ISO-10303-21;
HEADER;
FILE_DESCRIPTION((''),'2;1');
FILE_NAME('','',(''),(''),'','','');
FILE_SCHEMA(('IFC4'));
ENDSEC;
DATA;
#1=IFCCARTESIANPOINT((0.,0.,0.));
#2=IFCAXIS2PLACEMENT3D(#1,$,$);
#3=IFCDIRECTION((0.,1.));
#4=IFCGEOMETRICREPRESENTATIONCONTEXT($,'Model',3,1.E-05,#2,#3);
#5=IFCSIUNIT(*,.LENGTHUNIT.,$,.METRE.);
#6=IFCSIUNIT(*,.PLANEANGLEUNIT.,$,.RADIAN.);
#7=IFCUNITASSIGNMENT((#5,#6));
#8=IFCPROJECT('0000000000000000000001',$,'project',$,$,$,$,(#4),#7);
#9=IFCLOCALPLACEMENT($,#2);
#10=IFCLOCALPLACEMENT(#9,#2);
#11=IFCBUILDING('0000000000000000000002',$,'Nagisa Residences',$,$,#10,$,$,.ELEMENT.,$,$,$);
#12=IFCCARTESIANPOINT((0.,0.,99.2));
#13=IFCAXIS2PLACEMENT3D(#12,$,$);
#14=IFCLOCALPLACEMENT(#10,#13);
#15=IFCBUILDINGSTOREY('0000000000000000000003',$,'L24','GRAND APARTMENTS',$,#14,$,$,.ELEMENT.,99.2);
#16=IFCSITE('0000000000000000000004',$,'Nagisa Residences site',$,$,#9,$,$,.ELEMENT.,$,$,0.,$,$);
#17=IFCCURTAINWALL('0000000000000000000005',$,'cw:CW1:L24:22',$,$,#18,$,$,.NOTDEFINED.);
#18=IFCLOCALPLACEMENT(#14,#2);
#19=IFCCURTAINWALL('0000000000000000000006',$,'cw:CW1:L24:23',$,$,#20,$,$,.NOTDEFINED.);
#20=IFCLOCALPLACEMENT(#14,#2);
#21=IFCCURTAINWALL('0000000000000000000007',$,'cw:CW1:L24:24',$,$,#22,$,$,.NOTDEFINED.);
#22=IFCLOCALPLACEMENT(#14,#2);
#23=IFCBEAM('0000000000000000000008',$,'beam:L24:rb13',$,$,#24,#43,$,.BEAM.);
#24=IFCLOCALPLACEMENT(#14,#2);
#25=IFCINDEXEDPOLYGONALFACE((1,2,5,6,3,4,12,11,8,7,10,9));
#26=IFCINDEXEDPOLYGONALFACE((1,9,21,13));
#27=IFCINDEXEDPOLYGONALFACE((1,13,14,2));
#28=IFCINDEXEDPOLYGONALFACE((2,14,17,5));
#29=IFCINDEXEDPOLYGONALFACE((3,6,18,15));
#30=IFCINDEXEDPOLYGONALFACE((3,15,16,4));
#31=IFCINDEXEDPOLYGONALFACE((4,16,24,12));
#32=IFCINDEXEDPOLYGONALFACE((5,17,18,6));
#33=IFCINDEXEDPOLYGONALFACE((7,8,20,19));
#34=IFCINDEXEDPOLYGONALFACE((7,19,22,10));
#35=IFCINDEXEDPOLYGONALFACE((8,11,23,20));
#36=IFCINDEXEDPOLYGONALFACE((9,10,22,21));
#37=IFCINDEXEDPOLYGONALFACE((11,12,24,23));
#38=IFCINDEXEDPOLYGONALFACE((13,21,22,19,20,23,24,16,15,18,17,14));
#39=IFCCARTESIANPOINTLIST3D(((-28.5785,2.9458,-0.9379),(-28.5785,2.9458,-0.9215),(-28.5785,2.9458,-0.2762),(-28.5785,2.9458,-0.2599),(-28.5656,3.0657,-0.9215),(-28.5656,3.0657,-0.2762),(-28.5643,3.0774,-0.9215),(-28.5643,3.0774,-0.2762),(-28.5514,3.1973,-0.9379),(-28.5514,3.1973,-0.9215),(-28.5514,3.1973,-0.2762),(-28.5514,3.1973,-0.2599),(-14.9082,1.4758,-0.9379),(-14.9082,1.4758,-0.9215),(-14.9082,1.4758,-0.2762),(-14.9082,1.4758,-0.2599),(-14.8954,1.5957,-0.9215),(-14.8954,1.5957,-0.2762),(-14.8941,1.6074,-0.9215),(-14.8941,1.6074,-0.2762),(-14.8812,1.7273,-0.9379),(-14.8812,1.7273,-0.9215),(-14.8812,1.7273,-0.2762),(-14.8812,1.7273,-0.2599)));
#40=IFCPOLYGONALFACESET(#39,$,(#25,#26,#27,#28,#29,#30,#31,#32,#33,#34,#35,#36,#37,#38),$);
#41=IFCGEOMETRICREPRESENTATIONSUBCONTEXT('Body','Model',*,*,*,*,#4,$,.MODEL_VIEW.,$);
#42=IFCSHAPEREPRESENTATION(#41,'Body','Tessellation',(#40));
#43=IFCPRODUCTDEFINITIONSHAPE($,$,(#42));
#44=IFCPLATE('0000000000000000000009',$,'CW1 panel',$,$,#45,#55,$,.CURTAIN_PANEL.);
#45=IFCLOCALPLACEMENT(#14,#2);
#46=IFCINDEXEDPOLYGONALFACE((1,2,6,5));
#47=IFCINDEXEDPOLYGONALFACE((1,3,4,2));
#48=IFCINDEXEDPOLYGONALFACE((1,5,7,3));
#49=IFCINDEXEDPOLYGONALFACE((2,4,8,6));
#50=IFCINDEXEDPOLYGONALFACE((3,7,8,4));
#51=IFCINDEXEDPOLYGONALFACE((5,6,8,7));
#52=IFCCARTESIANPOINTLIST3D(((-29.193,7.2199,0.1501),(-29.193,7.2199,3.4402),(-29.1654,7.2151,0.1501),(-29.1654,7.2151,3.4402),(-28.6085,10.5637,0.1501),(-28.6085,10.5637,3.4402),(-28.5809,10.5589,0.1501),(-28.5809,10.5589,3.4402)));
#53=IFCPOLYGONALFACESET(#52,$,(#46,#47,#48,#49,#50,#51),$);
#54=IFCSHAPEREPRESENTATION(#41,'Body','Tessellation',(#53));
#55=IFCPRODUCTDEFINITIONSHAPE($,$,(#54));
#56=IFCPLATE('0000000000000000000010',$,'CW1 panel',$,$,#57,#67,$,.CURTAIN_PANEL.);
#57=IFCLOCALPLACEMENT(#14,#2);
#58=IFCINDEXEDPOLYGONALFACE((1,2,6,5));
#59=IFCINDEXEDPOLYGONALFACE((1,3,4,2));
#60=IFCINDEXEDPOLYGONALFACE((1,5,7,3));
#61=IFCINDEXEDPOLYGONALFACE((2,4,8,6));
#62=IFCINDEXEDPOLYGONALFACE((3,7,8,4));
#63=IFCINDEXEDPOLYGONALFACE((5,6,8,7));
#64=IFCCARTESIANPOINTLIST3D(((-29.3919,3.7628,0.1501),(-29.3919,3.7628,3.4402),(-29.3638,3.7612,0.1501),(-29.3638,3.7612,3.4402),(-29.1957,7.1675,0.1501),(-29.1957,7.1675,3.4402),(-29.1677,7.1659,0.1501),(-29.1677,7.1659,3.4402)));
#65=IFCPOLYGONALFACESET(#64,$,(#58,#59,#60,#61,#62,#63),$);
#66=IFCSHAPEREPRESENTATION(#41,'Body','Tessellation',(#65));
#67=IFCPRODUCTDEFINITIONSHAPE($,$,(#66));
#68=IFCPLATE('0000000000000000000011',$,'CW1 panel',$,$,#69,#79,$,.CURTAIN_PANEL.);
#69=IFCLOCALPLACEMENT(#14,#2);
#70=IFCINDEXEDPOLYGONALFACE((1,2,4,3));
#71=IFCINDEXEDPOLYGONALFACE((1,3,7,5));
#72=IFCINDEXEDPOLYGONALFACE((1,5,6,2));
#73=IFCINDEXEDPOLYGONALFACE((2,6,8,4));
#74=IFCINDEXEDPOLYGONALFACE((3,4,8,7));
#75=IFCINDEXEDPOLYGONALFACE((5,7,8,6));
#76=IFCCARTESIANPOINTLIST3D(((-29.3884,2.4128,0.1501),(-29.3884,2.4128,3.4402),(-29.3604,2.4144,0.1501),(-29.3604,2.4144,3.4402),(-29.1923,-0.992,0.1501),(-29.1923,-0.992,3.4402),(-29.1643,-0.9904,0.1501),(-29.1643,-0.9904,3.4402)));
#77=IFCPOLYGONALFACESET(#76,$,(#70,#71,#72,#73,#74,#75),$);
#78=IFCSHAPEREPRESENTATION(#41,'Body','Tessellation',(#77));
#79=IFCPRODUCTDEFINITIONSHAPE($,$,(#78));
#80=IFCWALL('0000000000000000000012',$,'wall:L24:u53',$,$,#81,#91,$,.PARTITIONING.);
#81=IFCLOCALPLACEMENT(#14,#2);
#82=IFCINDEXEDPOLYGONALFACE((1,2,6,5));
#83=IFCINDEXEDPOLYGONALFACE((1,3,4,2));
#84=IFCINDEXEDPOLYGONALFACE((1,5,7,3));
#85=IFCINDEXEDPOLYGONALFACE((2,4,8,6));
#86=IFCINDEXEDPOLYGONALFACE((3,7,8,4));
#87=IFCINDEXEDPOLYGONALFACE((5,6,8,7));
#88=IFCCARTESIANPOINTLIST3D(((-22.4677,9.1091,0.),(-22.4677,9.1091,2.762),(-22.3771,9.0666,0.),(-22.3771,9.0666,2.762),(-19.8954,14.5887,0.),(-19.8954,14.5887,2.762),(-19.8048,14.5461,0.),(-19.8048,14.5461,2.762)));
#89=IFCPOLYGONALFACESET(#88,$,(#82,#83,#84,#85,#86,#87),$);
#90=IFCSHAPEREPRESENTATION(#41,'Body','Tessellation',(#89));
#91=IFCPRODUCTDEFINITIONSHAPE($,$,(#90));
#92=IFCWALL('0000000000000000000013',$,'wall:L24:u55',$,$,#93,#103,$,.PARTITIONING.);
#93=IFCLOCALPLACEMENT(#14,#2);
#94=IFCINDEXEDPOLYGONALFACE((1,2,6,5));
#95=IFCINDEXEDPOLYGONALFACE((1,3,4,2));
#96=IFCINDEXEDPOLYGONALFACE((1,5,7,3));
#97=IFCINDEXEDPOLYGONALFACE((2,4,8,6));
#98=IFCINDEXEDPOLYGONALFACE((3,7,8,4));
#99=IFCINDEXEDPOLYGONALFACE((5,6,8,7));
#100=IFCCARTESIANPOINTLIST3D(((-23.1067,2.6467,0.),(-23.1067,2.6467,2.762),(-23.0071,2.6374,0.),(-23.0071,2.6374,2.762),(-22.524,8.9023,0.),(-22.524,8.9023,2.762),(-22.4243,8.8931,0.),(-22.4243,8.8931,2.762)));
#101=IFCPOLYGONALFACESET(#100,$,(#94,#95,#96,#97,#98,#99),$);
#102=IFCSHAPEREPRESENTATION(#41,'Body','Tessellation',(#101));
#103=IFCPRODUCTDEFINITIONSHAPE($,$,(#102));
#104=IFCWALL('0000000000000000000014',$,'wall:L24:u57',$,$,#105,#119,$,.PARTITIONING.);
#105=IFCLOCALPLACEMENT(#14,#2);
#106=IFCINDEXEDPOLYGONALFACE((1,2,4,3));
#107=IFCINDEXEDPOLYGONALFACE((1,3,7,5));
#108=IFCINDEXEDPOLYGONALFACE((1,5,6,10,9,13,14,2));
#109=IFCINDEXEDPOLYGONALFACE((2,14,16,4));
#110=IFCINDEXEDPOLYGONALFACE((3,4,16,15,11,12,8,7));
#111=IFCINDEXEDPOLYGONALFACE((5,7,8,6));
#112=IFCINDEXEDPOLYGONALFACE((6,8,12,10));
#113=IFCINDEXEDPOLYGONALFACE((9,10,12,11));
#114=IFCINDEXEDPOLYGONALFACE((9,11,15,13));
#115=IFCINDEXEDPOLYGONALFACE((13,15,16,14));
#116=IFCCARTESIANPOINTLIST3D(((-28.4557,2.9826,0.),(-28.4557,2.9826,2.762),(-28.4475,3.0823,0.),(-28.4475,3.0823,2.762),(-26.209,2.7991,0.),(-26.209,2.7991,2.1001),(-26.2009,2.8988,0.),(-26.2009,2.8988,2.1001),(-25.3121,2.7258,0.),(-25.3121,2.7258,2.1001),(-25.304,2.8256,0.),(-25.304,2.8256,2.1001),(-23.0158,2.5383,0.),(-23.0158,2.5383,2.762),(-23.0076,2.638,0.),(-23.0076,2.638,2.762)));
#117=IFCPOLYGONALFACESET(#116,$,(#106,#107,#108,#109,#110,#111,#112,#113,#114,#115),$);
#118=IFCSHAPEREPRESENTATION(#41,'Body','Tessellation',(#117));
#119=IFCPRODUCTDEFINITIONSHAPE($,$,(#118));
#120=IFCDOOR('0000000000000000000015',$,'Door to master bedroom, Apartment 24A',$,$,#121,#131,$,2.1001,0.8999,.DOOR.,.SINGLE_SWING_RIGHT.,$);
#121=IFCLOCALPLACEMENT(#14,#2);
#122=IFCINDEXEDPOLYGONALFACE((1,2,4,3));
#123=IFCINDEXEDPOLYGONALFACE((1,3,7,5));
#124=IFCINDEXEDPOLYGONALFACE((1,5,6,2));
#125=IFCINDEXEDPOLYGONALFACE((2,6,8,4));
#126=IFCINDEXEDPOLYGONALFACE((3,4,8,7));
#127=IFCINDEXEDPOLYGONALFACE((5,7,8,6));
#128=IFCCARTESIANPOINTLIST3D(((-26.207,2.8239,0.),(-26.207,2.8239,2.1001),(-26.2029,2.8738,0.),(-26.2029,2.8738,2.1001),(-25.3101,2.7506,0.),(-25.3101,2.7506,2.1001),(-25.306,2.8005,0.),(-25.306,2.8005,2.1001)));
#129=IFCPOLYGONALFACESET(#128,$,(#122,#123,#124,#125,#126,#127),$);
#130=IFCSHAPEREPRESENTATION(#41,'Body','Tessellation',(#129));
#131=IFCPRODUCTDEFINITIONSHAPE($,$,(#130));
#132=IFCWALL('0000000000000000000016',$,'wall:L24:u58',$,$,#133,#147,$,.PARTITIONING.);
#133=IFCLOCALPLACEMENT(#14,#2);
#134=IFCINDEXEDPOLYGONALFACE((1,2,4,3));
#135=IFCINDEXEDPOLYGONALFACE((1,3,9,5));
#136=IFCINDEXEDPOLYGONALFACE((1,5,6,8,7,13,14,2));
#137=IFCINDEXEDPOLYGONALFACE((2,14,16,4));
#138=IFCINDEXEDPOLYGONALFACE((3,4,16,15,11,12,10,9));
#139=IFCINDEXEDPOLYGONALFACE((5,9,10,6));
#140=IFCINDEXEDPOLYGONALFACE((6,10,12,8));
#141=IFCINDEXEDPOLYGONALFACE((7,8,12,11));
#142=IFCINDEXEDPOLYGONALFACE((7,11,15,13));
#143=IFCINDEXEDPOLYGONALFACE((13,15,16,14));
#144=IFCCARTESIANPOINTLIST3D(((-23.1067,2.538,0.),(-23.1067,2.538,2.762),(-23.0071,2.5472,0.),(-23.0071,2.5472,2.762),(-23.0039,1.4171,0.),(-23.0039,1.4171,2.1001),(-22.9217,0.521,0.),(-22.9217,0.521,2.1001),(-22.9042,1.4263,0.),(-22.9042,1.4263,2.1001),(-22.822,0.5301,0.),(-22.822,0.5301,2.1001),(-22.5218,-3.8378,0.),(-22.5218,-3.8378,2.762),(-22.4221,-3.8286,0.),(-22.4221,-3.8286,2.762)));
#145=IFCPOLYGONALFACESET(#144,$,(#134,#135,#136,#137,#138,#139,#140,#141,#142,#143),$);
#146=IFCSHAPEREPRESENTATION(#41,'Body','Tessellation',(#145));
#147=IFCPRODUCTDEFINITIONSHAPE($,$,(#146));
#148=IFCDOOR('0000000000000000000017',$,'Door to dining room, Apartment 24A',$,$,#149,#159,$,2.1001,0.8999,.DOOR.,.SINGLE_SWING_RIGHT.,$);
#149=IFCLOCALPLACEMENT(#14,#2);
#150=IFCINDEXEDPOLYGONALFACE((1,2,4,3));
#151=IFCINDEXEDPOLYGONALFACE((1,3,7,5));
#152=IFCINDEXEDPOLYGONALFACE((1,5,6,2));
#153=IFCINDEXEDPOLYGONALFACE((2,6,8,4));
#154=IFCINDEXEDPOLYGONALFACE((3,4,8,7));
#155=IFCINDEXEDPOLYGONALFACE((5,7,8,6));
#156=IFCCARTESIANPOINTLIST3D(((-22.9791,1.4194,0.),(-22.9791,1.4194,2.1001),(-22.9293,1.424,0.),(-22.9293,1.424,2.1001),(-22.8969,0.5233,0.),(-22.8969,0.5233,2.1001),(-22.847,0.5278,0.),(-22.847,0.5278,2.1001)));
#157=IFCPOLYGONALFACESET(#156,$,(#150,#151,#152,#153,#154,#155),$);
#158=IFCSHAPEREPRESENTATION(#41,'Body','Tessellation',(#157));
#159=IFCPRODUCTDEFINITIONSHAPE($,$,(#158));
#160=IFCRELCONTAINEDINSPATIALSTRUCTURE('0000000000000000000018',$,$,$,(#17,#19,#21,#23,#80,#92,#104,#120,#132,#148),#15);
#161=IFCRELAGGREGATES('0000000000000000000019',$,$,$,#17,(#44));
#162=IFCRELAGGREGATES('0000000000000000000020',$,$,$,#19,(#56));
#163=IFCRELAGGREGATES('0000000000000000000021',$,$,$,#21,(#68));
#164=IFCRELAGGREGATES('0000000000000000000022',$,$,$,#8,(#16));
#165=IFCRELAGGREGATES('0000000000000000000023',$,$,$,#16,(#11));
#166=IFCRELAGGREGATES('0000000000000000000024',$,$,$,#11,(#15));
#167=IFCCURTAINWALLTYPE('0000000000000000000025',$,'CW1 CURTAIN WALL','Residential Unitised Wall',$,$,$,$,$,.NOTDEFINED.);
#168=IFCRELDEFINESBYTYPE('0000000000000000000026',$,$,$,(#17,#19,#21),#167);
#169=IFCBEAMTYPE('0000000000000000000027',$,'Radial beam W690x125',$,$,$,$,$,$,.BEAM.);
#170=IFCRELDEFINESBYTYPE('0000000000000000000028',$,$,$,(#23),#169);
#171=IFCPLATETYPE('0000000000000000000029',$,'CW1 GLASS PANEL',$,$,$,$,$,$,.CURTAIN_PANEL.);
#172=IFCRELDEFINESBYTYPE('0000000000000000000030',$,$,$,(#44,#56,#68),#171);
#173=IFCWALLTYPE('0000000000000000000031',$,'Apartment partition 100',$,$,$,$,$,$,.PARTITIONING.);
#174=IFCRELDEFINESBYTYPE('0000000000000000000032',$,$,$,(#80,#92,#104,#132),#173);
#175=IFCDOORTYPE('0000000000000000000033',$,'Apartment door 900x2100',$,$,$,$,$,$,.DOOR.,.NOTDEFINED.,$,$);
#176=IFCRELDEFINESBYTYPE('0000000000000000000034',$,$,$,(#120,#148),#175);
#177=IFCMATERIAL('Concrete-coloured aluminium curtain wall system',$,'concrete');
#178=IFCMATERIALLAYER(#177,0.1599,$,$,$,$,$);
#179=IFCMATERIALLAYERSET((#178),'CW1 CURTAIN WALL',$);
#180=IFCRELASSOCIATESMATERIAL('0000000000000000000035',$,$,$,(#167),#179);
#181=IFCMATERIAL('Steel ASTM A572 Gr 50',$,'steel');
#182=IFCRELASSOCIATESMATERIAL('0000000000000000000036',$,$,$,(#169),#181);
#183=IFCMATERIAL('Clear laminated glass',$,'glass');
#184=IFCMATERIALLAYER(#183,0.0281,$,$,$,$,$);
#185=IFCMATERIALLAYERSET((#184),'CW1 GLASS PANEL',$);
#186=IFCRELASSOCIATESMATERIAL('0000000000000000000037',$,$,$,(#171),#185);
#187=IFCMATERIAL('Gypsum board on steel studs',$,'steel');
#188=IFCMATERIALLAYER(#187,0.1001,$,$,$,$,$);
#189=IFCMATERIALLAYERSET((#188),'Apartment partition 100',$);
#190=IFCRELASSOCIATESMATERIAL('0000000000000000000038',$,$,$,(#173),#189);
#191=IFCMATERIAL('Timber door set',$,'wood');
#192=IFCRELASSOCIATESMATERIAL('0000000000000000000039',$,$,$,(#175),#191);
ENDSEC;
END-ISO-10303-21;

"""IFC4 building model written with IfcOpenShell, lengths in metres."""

from ifc_helpers import new_model, si_unit, direction, frame, frame_2d, origin, origin_2d, place, context, subcontext, project, spatial, rectangle, i_section, extrude, material, layer, layer_set, material_profile, profile_set, type_object, element, fill, aggregate, save


model = new_model("IFC4")

# Units and contexts
model_context = context("Model", 3, precision=1e-05, world=origin(), true_north=direction((0.0, 1.0)))
body_context = subcontext(model_context, "Body", "Model", "MODEL_VIEW")
ifc_project = project(units=[si_unit("LENGTHUNIT", "METRE"), si_unit("PLANEANGLEUNIT", "RADIAN")], contexts=[model_context])

# Site, building, storey
site_placement = place(None, origin())
site = spatial("IfcSite", under=ifc_project, at=site_placement, Name="Nagisa Residences site", CompositionType="ELEMENT", RefElevation=0.0)
building_placement = place(site_placement, origin())
building = spatial("IfcBuilding", under=site, at=building_placement, Name="Nagisa Residences", CompositionType="ELEMENT")
storey_placement = place(building_placement, frame((0.0, 0.0, 99.2)))
storey = spatial("IfcBuildingStorey", under=building, at=storey_placement, Name="L24", Description="GRAND APARTMENTS", CompositionType="ELEMENT", Elevation=99.2)

# Curtain walls
ifc_material_1 = material(Name="Concrete-coloured aluminium curtain wall system", Category="concrete")
ifc_layer_1 = layer(ifc_material_1, 0.1599)
ifc_layer_set_1 = layer_set([ifc_layer_1], Name="CW1 CURTAIN WALL")
curtain_wall_type = type_object("IfcCurtainWallType", Name="CW1 CURTAIN WALL", Description="Residential Unitised Wall", PredefinedType="NOTDEFINED", material=ifc_layer_set_1)
curtain_wall_1_placement = place(storey_placement, origin())
curtain_wall_1 = element("IfcCurtainWall", 1, at=curtain_wall_1_placement, inside=storey, type_object=curtain_wall_type, Name="cw:CW1:L24:22", PredefinedType="NOTDEFINED")
curtain_wall_2_placement = place(storey_placement, origin())
curtain_wall_2 = element("IfcCurtainWall", 2, at=curtain_wall_2_placement, inside=storey, type_object=curtain_wall_type, Name="cw:CW1:L24:23", PredefinedType="NOTDEFINED")
curtain_wall_3_placement = place(storey_placement, origin())
curtain_wall_3 = element("IfcCurtainWall", 3, at=curtain_wall_3_placement, inside=storey, type_object=curtain_wall_type, Name="cw:CW1:L24:24", PredefinedType="NOTDEFINED")

# Beam
ifc_material_2 = material(Name="Steel ASTM A572 Gr 50", Category="steel")
ifc_material_profile_1 = material_profile(ifc_material_2, i_section(OverallWidth=0.2529, OverallDepth=0.678, WebThickness=0.0117, FlangeThickness=0.0164, at=origin_2d()), Name="W690x125")
ifc_profile_set_1 = profile_set([ifc_material_profile_1], Name="Steel ASTM A572 Gr 50")
beam_type_1 = type_object("IfcBeamType", Name="Radial beam W690x125", PredefinedType="BEAM", material=ifc_profile_set_1)
beam_1_placement = place(storey_placement, frame((-28.5649, 3.0715, -0.5989), z_axis=(0.994268, -0.106915, 0.0), x_axis=(0.106915, 0.994268, 0.0)))
element("IfcBeam", 4, at=beam_1_placement, inside=storey, type_object=beam_type_1, Name="beam:L24:rb13", PredefinedType="BEAM", context=body_context, shape_type="SweptSolid", body=[
    extrude(i_section(OverallWidth=0.2529, OverallDepth=0.678, WebThickness=0.0117, FlangeThickness=0.0164, at=origin_2d()), origin(), (0.0, 0.0, 1.0), 13.749),
])

# Plates
ifc_material_3 = material(Name="Clear laminated glass", Category="glass")
ifc_layer_2 = layer(ifc_material_3, 0.0281)
ifc_layer_set_2 = layer_set([ifc_layer_2], Name="CW1 GLASS PANEL")
plate_type = type_object("IfcPlateType", Name="CW1 GLASS PANEL", PredefinedType="CURTAIN_PANEL", material=ifc_layer_set_2)
plate_1_placement = place(storey_placement, frame((-28.887, 8.8894, 0.1501), z_axis=(0.0, 0.0, 1.0), x_axis=(-0.172191, -0.985064, 0.0)))
plate_1 = element("IfcPlate", 5, at=plate_1_placement, type_object=plate_type, Name="CW1 panel", PredefinedType="CURTAIN_PANEL", context=body_context, shape_type="SweptSolid", body=[
    extrude(rectangle(XDim=3.3945, YDim=0.0281, at=origin_2d()), origin(), (0.0, 0.0, 1.0), 3.29),
])
aggregate(curtain_wall_1, [plate_1])
plate_2_placement = place(storey_placement, frame((-29.2798, 5.4644, 0.1501), z_axis=(0.0, 0.0, 1.0), x_axis=(-0.057503, -0.998345, 0.0)))
plate_2 = element("IfcPlate", 6, at=plate_2_placement, type_object=plate_type, Name="CW1 panel", PredefinedType="CURTAIN_PANEL", context=body_context, shape_type="SweptSolid", body=[
    extrude(rectangle(XDim=3.4104, YDim=0.0281, at=origin_2d()), origin(), (0.0, 0.0, 1.0), 3.29),
])
aggregate(curtain_wall_2, [plate_2])
plate_3_placement = place(storey_placement, frame((-29.2764, 0.7112, 0.1501), z_axis=(0.0, 0.0, 1.0), x_axis=(0.057503, -0.998345, 0.0)))
plate_3 = element("IfcPlate", 7, at=plate_3_placement, type_object=plate_type, Name="CW1 panel", PredefinedType="CURTAIN_PANEL", context=body_context, shape_type="SweptSolid", body=[
    extrude(rectangle(XDim=3.4104, YDim=0.0281, at=origin_2d()), origin(), (0.0, 0.0, 1.0), 3.29),
])
aggregate(curtain_wall_3, [plate_3])

# Walls
ifc_material_4 = material(Name="Gypsum board on steel studs", Category="steel")
ifc_layer_3 = layer(ifc_material_4, 0.1001)
ifc_layer_set_3 = layer_set([ifc_layer_3], Name="Apartment partition 100")
wall_type_1 = type_object("IfcWallType", Name="Apartment partition 100", PredefinedType="PARTITIONING", material=ifc_layer_set_3)
wall_1_placement = place(storey_placement, frame((-19.8501, 14.5674, 0.0), z_axis=(0.0, 0.0, 1.0), x_axis=(-0.424942, -0.90522, 0.0)))
element("IfcWall", 8, at=wall_1_placement, inside=storey, type_object=wall_type_1, Name="wall:L24:u53", PredefinedType="PARTITIONING", context=body_context, shape_type="SweptSolid", body=[
    extrude(rectangle(XDim=6.0532, YDim=0.1001, at=frame_2d((3.0266, 0.0))), origin(), (0.0, 0.0, 1.0), 2.762),
])
wall_2_placement = place(storey_placement, frame((-22.4741, 8.8977, 0.0), z_axis=(0.0, 0.0, 1.0), x_axis=(-0.092757, -0.995689, 0.0)))
element("IfcWall", 9, at=wall_2_placement, inside=storey, type_object=wall_type_1, Name="wall:L24:u55", PredefinedType="PARTITIONING", context=body_context, shape_type="SweptSolid", body=[
    extrude(rectangle(XDim=6.2827, YDim=0.1001, at=frame_2d((3.1414, 0.0))), origin(), (0.0, 0.0, 1.0), 2.762),
])

# Walls, openings, doors
wall_3_placement = place(storey_placement, frame((-23.0117, 2.5881, 0.0), z_axis=(0.0, 0.0, 1.0), x_axis=(-0.996681, 0.081409, 0.0)))
wall_3 = element("IfcWall", 10, at=wall_3_placement, inside=storey, type_object=wall_type_1, Name="wall:L24:u57", PredefinedType="PARTITIONING", context=body_context, shape_type="SweptSolid", body=[
    extrude(rectangle(XDim=5.458, YDim=0.1001, at=frame_2d((2.729, 0.0))), origin(), (0.0, 0.0, 1.0), 2.762),
])
opening_1_placement = place(wall_3_placement, frame((2.304, 0.0, 0.0)))
opening_1 = element("IfcOpeningElement", 11, at=opening_1_placement, cuts=wall_3, PredefinedType="OPENING", context=body_context, shape_type="SweptSolid", body=[
    extrude(rectangle(XDim=0.8999, YDim=2.1001, at=frame_2d((0.45, 1.05))), frame((0.0, 0.0601, 0.0), z_axis=(0.0, -1.0, 0.0), x_axis=(1.0, 0.0, 0.0)), (0.0, 0.0, 1.0), 0.1201),
])
ifc_material_5 = material(Name="Timber door set", Category="wood")
door_type_1 = type_object("IfcDoorType", Name="Apartment door 900x2100", OperationType="NOTDEFINED", PredefinedType="DOOR", material=ifc_material_5)
door_1_placement = place(opening_1_placement, frame((0.8999, 0.0, 0.0), x_axis=(-1.0, 0.0, 0.0)))
door_1 = element("IfcDoor", 12, at=door_1_placement, inside=storey, type_object=door_type_1, Name="Door to master bedroom, Apartment 24A", OperationType="SINGLE_SWING_RIGHT", OverallHeight=2.1001, OverallWidth=0.8999, PredefinedType="DOOR", context=body_context, shape_type="SweptSolid", body=[
    extrude(rectangle(XDim=0.8999, YDim=2.1001, at=frame_2d((0.45, 1.05))), frame((0.0, 0.0249, 0.0), z_axis=(0.0, -1.0, 0.0), x_axis=(1.0, 0.0, 0.0)), (0.0, 0.0, 1.0), 0.05),
])
fill(opening_1, door_1)
wall_4_placement = place(storey_placement, frame((-23.0569, 2.5425, 0.0), z_axis=(0.0, 0.0, 1.0), x_axis=(0.091364, -0.995818, 0.0)))
wall_4 = element("IfcWall", 13, at=wall_4_placement, inside=storey, type_object=wall_type_1, Name="wall:L24:u58", PredefinedType="PARTITIONING", context=body_context, shape_type="SweptSolid", body=[
    extrude(rectangle(XDim=6.4026, YDim=0.1001, at=frame_2d((3.2012, 0.0))), origin(), (0.0, 0.0, 1.0), 2.762),
])
opening_2_placement = place(wall_4_placement, frame((1.1255, 0.0, 0.0)))
opening_2 = element("IfcOpeningElement", 14, at=opening_2_placement, cuts=wall_4, PredefinedType="OPENING", context=body_context, shape_type="SweptSolid", body=[
    extrude(rectangle(XDim=0.8999, YDim=2.1001, at=frame_2d((0.45, 1.05))), frame((0.0, 0.0601, 0.0), z_axis=(0.0, -1.0, 0.0), x_axis=(1.0, 0.0, 0.0)), (0.0, 0.0, 1.0), 0.1201),
])
door_2_placement = place(opening_2_placement, origin())
door_2 = element("IfcDoor", 15, at=door_2_placement, inside=storey, type_object=door_type_1, Name="Door to dining room, Apartment 24A", OperationType="SINGLE_SWING_RIGHT", OverallHeight=2.1001, OverallWidth=0.8999, PredefinedType="DOOR", context=body_context, shape_type="SweptSolid", body=[
    extrude(rectangle(XDim=0.8999, YDim=2.1001, at=frame_2d((0.45, 1.05))), frame((0.0, 0.0249, 0.0), z_axis=(0.0, -1.0, 0.0), x_axis=(1.0, 0.0, 0.0)), (0.0, 0.0, 1.0), 0.05),
])
fill(opening_2, door_2)

save(model, "model.ifc")
